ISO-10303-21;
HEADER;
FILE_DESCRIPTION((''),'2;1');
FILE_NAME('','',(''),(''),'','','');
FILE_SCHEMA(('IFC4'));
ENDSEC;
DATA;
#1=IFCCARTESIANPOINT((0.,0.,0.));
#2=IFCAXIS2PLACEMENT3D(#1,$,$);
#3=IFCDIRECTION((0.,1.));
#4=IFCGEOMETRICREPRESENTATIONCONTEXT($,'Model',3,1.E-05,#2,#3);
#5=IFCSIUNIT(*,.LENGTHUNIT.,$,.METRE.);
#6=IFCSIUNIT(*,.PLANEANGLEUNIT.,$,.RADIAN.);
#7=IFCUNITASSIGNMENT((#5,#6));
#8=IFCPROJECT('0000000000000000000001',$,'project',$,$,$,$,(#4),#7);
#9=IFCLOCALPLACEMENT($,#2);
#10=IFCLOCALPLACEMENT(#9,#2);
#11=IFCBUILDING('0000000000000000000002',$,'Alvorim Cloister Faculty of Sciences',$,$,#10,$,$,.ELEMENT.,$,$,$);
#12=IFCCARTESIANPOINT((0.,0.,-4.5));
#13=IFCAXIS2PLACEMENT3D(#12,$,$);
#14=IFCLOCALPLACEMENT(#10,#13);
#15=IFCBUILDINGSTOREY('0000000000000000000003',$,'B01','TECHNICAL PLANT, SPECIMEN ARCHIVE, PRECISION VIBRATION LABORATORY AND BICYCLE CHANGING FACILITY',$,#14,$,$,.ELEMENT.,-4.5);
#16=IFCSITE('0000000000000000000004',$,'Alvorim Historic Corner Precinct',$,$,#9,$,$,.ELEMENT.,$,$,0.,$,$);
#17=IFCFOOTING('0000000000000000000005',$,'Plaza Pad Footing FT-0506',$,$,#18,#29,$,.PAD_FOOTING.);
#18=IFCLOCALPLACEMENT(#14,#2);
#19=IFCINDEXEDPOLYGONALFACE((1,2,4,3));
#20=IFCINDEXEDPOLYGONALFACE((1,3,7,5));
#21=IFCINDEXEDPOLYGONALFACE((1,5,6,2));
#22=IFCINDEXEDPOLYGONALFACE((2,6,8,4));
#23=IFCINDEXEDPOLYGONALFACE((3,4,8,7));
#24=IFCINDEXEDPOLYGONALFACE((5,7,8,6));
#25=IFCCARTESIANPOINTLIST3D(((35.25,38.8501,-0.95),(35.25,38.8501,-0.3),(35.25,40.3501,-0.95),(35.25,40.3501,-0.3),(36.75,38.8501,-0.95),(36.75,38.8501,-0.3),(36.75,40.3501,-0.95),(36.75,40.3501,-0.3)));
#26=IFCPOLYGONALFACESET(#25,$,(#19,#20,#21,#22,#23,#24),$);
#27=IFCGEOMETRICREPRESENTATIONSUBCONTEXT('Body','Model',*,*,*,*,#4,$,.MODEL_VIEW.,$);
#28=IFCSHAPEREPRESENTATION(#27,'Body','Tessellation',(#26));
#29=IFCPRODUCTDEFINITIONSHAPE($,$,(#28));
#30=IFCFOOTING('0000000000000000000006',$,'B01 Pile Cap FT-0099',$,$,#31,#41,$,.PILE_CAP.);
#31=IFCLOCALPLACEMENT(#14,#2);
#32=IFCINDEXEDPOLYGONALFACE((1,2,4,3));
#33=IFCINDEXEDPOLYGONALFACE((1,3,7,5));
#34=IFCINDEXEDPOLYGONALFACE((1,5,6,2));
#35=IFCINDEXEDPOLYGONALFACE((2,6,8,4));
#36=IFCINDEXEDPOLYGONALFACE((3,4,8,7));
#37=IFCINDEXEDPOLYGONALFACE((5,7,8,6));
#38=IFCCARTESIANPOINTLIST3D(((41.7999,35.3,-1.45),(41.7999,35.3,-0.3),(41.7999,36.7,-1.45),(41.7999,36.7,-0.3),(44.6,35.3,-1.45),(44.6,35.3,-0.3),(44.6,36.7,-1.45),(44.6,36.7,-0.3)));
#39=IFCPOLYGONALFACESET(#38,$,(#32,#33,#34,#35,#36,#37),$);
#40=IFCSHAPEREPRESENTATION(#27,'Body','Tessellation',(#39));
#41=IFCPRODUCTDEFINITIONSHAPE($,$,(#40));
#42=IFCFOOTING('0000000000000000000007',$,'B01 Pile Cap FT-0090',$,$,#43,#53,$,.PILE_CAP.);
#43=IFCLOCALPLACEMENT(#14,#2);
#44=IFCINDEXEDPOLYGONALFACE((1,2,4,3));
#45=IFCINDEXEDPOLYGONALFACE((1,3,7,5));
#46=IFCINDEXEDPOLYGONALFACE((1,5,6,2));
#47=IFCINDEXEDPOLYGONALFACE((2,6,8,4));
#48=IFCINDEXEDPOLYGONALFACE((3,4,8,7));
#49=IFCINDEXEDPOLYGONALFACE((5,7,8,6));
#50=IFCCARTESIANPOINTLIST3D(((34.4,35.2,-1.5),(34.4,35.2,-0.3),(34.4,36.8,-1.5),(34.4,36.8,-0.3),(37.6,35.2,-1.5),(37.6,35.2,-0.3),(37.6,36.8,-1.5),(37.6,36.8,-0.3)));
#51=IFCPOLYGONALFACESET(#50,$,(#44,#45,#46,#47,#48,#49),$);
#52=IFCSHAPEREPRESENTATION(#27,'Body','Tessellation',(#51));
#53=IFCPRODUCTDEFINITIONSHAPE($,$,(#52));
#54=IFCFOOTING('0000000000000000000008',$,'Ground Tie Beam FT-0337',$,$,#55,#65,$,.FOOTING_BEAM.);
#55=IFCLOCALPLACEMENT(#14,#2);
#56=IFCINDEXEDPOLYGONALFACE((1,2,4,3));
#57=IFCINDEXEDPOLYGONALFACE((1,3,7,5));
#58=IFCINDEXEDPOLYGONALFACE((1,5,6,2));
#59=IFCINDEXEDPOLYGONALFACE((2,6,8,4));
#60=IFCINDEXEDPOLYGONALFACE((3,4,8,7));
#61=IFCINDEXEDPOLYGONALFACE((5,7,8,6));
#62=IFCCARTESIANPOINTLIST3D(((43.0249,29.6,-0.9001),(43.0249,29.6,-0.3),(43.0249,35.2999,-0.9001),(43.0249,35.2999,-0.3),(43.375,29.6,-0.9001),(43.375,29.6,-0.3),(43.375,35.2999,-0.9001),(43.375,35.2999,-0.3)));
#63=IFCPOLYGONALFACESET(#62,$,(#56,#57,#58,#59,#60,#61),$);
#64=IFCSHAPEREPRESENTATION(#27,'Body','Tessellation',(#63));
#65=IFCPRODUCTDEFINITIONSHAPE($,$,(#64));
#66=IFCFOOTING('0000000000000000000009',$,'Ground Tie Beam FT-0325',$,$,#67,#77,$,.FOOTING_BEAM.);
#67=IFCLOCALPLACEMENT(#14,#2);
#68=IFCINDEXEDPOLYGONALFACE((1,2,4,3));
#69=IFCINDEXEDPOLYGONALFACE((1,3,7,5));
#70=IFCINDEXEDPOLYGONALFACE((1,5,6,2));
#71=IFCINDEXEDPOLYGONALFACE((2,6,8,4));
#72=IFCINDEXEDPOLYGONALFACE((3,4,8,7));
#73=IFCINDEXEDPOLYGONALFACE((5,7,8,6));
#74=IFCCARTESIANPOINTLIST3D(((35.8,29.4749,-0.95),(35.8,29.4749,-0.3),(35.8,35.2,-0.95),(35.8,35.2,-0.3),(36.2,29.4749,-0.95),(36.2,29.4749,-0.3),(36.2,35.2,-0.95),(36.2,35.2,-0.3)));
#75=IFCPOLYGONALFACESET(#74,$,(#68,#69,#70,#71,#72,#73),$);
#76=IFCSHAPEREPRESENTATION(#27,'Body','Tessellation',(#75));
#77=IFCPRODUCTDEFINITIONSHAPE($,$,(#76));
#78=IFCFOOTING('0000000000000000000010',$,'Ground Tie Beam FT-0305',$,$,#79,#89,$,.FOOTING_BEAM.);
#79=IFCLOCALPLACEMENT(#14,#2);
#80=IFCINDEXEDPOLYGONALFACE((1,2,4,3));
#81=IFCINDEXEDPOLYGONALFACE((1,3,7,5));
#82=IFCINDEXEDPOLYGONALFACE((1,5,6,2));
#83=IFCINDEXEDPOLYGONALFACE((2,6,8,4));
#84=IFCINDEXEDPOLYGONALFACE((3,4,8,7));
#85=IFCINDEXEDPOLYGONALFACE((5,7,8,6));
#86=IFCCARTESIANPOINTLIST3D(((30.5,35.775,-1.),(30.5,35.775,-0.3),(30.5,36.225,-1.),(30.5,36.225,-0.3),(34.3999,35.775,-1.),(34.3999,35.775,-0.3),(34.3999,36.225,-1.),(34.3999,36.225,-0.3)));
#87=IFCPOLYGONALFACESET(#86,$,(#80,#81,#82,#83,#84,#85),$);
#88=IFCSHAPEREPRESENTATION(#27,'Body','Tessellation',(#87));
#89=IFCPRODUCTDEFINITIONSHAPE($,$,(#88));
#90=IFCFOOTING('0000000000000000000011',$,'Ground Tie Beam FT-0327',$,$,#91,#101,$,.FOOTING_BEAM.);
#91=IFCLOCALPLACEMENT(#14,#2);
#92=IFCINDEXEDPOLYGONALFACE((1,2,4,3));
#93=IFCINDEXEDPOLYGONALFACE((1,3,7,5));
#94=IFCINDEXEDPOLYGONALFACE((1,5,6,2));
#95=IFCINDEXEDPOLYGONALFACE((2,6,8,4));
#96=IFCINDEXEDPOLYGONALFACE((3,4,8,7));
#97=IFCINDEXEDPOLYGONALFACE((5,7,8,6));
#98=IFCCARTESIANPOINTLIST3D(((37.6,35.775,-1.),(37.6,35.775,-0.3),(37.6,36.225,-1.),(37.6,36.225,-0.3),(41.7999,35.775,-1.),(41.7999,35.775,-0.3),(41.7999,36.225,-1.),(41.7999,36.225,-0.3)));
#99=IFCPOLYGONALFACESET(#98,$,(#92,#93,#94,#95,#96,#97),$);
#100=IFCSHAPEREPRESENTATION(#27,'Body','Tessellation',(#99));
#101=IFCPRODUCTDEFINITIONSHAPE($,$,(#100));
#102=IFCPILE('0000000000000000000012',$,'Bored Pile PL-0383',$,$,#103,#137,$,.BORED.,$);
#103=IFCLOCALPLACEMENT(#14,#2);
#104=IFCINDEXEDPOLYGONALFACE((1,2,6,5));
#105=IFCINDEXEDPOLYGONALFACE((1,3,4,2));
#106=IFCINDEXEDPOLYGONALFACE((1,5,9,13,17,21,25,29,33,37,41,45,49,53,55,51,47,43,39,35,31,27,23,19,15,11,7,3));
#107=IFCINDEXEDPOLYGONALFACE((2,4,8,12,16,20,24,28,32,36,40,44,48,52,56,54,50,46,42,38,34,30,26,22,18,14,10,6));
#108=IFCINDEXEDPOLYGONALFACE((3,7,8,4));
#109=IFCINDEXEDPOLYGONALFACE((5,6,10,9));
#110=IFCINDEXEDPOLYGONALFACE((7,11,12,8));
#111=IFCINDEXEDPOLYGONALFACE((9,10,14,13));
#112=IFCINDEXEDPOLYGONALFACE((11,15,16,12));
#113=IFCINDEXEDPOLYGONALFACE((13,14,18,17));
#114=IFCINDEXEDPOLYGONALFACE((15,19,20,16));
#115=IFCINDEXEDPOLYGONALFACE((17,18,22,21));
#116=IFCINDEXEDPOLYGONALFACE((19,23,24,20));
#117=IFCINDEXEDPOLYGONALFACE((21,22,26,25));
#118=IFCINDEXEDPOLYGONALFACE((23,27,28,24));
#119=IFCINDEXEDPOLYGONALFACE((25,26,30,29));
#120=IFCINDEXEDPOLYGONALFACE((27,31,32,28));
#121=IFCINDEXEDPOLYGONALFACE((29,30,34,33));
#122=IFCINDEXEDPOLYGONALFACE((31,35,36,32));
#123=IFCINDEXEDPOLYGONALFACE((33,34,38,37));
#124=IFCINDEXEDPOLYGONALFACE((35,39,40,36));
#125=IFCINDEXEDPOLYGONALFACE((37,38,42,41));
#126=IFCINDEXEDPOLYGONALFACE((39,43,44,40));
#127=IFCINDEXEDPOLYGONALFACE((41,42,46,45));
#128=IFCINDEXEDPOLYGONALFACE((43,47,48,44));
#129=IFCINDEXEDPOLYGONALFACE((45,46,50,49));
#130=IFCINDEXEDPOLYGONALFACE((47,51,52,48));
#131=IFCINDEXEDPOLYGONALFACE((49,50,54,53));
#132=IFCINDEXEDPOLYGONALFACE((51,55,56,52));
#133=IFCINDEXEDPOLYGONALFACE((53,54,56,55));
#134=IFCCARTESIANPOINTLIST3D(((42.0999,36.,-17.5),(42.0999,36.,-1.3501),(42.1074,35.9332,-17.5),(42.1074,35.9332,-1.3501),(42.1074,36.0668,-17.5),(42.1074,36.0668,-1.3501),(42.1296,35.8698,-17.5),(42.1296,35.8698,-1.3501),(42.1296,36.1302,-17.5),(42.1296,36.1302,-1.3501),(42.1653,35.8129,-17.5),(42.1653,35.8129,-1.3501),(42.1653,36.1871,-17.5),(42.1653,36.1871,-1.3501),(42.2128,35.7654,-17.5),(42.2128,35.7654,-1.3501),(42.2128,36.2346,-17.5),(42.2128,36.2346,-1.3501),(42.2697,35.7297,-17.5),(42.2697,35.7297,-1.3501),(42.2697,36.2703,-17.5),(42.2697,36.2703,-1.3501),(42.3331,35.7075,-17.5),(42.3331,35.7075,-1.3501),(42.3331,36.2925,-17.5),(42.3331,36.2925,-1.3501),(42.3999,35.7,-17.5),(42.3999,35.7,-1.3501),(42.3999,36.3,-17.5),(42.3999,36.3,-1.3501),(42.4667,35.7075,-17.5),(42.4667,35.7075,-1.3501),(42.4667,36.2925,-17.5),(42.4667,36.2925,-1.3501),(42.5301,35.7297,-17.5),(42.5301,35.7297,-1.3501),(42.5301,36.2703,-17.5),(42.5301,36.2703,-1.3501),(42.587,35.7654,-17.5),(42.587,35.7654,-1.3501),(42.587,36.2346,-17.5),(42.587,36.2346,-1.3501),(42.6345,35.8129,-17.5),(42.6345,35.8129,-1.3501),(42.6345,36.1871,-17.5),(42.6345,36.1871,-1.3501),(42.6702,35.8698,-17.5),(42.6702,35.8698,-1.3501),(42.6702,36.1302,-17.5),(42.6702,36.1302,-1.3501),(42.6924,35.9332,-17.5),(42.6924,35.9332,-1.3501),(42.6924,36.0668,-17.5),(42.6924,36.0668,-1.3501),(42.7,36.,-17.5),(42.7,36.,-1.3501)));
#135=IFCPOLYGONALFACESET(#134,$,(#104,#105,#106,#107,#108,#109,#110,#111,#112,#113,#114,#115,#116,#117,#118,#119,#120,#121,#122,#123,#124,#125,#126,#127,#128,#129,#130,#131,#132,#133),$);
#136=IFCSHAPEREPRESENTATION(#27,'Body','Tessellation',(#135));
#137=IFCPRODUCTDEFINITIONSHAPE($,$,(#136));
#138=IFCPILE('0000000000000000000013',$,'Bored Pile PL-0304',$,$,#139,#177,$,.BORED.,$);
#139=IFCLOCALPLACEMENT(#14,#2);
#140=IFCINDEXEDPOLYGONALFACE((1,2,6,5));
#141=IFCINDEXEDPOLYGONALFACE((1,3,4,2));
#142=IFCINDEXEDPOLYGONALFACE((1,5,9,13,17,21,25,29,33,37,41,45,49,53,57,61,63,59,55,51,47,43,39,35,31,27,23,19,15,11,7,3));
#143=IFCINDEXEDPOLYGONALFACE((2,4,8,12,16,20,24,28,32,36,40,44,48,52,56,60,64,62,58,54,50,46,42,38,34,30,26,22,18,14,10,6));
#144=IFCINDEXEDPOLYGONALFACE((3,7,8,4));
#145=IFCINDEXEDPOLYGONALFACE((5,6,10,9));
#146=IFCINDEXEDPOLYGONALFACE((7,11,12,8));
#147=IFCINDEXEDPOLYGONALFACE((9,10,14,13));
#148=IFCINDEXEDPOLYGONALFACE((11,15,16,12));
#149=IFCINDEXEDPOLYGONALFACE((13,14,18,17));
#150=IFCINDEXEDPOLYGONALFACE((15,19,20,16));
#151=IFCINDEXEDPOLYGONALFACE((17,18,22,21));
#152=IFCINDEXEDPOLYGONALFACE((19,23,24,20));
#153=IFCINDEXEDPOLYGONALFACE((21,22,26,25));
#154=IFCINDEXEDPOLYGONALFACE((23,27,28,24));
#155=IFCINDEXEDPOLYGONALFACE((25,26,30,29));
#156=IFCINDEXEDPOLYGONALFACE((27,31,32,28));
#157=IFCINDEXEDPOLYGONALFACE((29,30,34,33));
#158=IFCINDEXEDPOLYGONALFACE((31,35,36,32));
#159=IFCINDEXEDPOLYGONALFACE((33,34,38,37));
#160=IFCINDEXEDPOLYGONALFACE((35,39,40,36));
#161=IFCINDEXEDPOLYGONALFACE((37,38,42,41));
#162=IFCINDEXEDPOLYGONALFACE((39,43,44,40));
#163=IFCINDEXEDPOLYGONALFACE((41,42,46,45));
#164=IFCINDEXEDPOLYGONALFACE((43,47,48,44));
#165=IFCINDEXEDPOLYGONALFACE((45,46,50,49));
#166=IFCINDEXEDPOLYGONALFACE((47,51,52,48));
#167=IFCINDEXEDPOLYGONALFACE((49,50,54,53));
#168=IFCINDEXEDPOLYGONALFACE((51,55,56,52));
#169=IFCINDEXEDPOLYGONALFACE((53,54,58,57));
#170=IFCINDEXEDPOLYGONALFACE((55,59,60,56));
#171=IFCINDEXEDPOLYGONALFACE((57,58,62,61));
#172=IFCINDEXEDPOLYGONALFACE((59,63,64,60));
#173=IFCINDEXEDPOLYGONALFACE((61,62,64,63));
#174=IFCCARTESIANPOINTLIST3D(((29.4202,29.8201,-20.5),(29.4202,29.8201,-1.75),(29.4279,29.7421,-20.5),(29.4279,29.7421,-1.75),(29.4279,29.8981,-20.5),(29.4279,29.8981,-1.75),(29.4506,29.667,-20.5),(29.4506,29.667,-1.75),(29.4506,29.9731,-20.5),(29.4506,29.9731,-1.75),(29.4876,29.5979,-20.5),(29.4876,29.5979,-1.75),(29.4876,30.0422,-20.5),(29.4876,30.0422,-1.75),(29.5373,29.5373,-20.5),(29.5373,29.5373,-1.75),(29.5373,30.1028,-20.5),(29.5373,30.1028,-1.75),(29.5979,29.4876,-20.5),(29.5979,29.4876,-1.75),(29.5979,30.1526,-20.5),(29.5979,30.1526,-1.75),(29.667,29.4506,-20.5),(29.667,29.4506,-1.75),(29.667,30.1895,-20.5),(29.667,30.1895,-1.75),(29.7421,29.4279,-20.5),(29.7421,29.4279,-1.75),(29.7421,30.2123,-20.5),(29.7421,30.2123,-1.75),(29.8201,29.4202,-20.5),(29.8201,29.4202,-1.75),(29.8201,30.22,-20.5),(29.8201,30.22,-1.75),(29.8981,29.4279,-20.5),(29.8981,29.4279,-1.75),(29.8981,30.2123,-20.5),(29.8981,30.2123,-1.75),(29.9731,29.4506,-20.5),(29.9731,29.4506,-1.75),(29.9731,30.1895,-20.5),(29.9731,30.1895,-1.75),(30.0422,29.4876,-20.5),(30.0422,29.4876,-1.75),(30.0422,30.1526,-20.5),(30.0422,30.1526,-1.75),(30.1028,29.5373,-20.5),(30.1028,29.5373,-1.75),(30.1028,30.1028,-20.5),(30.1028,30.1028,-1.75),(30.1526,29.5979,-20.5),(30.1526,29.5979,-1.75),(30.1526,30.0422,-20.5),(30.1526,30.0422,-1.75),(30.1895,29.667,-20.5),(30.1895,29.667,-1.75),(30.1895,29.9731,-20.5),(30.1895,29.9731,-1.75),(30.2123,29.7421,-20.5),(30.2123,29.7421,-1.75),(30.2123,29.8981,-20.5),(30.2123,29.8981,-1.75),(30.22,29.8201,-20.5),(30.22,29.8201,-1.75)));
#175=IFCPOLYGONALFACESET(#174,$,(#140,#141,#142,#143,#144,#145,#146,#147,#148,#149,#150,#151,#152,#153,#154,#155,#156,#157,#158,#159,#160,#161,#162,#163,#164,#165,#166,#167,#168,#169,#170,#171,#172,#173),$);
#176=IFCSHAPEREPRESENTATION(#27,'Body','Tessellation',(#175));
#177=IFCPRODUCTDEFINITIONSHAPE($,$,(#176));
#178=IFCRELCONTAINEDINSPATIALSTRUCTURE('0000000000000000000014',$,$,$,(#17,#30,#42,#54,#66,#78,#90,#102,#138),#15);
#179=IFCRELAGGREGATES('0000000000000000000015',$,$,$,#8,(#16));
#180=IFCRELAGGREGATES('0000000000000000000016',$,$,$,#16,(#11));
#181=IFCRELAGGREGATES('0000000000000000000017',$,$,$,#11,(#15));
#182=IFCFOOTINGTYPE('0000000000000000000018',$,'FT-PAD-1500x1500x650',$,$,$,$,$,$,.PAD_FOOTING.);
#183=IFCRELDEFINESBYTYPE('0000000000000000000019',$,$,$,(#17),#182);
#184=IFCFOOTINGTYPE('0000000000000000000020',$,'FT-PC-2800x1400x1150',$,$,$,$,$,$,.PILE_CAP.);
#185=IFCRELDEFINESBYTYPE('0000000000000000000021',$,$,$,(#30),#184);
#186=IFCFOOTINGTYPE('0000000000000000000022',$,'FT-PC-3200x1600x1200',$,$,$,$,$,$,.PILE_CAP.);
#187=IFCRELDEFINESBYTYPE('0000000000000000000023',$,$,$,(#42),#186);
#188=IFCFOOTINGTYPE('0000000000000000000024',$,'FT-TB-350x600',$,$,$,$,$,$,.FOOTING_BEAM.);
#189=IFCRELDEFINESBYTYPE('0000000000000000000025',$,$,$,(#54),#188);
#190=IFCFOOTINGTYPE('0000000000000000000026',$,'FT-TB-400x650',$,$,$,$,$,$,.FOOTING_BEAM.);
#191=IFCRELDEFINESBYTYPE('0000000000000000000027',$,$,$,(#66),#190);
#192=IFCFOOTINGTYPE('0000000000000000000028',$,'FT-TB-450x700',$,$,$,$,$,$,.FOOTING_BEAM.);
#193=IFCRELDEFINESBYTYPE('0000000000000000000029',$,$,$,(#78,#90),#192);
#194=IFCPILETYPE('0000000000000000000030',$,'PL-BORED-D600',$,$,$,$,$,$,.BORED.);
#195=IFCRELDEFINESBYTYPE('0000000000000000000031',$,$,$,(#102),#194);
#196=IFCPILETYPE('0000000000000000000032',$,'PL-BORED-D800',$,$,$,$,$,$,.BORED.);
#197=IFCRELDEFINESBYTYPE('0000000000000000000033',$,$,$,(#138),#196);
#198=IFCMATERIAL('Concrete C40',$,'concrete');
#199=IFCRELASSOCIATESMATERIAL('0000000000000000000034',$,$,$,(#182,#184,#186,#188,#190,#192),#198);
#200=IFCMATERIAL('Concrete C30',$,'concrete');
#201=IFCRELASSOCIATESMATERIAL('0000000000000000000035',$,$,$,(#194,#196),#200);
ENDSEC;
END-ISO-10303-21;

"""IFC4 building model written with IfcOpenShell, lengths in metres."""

from ifc_helpers import new_model, si_unit, direction, frame, origin, origin_2d, place, context, subcontext, project, spatial, rectangle, circle, extrude, material, material_profile, profile_set, type_object, element, save


model = new_model("IFC4")

# Units and contexts
model_context = context("Model", 3, precision=1e-05, world=origin(), true_north=direction((0.0, 1.0)))
body_context = subcontext(model_context, "Body", "Model", "MODEL_VIEW")
ifc_project = project(units=[si_unit("LENGTHUNIT", "METRE"), si_unit("PLANEANGLEUNIT", "RADIAN")], contexts=[model_context])

# Site, building, storey
site_placement = place(None, origin())
site = spatial("IfcSite", under=ifc_project, at=site_placement, Name="Alvorim Historic Corner Precinct", CompositionType="ELEMENT", RefElevation=0.0)
building_placement = place(site_placement, origin())
building = spatial("IfcBuilding", under=site, at=building_placement, Name="Alvorim Cloister Faculty of Sciences", CompositionType="ELEMENT")
storey_placement = place(building_placement, frame((0.0, 0.0, -4.5)))
storey = spatial("IfcBuildingStorey", under=building, at=storey_placement, Name="B01", Description="TECHNICAL PLANT, SPECIMEN ARCHIVE, PRECISION VIBRATION LABORATORY AND BICYCLE CHANGING FACILITY", CompositionType="ELEMENT", Elevation=-4.5)

# Footings
ifc_material_1 = material(Name="Concrete C40", Category="concrete")
footing_type_1 = type_object("IfcFootingType", Name="FT-PAD-1500x1500x650", PredefinedType="PAD_FOOTING", material=ifc_material_1)
footing_1_placement = place(storey_placement, frame((36.0, 39.6001, -0.95), z_axis=(0.0, 0.0, 1.0), x_axis=(1.0, 0.0, 0.0)))
element("IfcFooting", 1, at=footing_1_placement, inside=storey, type_object=footing_type_1, Name="Plaza Pad Footing FT-0506", PredefinedType="PAD_FOOTING", context=body_context, shape_type="SweptSolid", body=[
    extrude(rectangle(XDim=1.5, YDim=1.5, at=origin_2d()), origin(), (0.0, 0.0, 1.0), 0.6499),
])
footing_type_2 = type_object("IfcFootingType", Name="FT-PC-2800x1400x1150", PredefinedType="PILE_CAP", material=ifc_material_1)
footing_2_placement = place(storey_placement, frame((43.2, 36.0, -1.45), z_axis=(0.0, 0.0, 1.0), x_axis=(1.0, 0.0, 0.0)))
element("IfcFooting", 2, at=footing_2_placement, inside=storey, type_object=footing_type_2, Name="B01 Pile Cap FT-0099", PredefinedType="PILE_CAP", context=body_context, shape_type="SweptSolid", body=[
    extrude(rectangle(XDim=2.8, YDim=1.3999, at=origin_2d()), origin(), (0.0, 0.0, 1.0), 1.1499),
])
footing_type_3 = type_object("IfcFootingType", Name="FT-PC-3200x1600x1200", PredefinedType="PILE_CAP", material=ifc_material_1)
footing_3_placement = place(storey_placement, frame((36.0, 36.0, -1.5), z_axis=(0.0, 0.0, 1.0), x_axis=(1.0, 0.0, 0.0)))
element("IfcFooting", 3, at=footing_3_placement, inside=storey, type_object=footing_type_3, Name="B01 Pile Cap FT-0090", PredefinedType="PILE_CAP", context=body_context, shape_type="SweptSolid", body=[
    extrude(rectangle(XDim=3.2, YDim=1.6001, at=origin_2d()), origin(), (0.0, 0.0, 1.0), 1.2),
])
footing_type_4 = type_object("IfcFootingType", Name="FT-TB-350x600", PredefinedType="FOOTING_BEAM", material=ifc_material_1)
footing_4_placement = place(storey_placement, frame((43.2, 32.45, -0.9001), z_axis=(0.0, 0.0, 1.0), x_axis=(1.0, 0.0, 0.0)))
element("IfcFooting", 4, at=footing_4_placement, inside=storey, type_object=footing_type_4, Name="Ground Tie Beam FT-0337", PredefinedType="FOOTING_BEAM", context=body_context, shape_type="SweptSolid", body=[
    extrude(rectangle(XDim=0.3501, YDim=5.7, at=origin_2d()), origin(), (0.0, 0.0, 1.0), 0.6001),
])
footing_type_5 = type_object("IfcFootingType", Name="FT-TB-400x650", PredefinedType="FOOTING_BEAM", material=ifc_material_1)
footing_5_placement = place(storey_placement, frame((36.0, 32.3374, -0.95), z_axis=(0.0, 0.0, 1.0), x_axis=(1.0, 0.0, 0.0)))
element("IfcFooting", 5, at=footing_5_placement, inside=storey, type_object=footing_type_5, Name="Ground Tie Beam FT-0325", PredefinedType="FOOTING_BEAM", context=body_context, shape_type="SweptSolid", body=[
    extrude(rectangle(XDim=0.3999, YDim=5.7251, at=origin_2d()), origin(), (0.0, 0.0, 1.0), 0.6499),
])
footing_type_6 = type_object("IfcFootingType", Name="FT-TB-450x700", PredefinedType="FOOTING_BEAM", material=ifc_material_1)
footing_6_placement = place(storey_placement, frame((32.45, 36.0, -1.0), z_axis=(0.0, 0.0, 1.0), x_axis=(1.0, 0.0, 0.0)))
element("IfcFooting", 6, at=footing_6_placement, inside=storey, type_object=footing_type_6, Name="Ground Tie Beam FT-0305", PredefinedType="FOOTING_BEAM", context=body_context, shape_type="SweptSolid", body=[
    extrude(rectangle(XDim=3.8999, YDim=0.45, at=origin_2d()), origin(), (0.0, 0.0, 1.0), 0.7),
])
footing_7_placement = place(storey_placement, frame((39.7, 36.0, -1.0), z_axis=(0.0, 0.0, 1.0), x_axis=(1.0, 0.0, 0.0)))
element("IfcFooting", 7, at=footing_7_placement, inside=storey, type_object=footing_type_6, Name="Ground Tie Beam FT-0327", PredefinedType="FOOTING_BEAM", context=body_context, shape_type="SweptSolid", body=[
    extrude(rectangle(XDim=4.2, YDim=0.45, at=origin_2d()), origin(), (0.0, 0.0, 1.0), 0.7),
])

# Piles
ifc_material_2 = material(Name="Concrete C30", Category="concrete")
ifc_material_profile_1 = material_profile(ifc_material_2, circle(Radius=0.3, at=origin_2d()), Name="PILE-D600")
ifc_profile_set_1 = profile_set([ifc_material_profile_1], Name="Concrete C30")
pile_type_1 = type_object("IfcPileType", Name="PL-BORED-D600", PredefinedType="BORED", material=ifc_profile_set_1)
pile_placement = place(storey_placement, frame((42.3999, 36.0, -1.3501), z_axis=(0.0, 0.0, -1.0), x_axis=(1.0, 0.0, 0.0)))
element("IfcPile", 8, at=pile_placement, inside=storey, type_object=pile_type_1, Name="Bored Pile PL-0383", PredefinedType="BORED", context=body_context, shape_type="SweptSolid", body=[
    extrude(circle(Radius=0.3, at=origin_2d()), origin(), (0.0, 0.0, 1.0), 16.1499),
])
ifc_material_profile_2 = material_profile(ifc_material_2, circle(Radius=0.3999, at=origin_2d()), Name="PILE-D800")
ifc_profile_set_2 = profile_set([ifc_material_profile_2], Name="Concrete C30")
pile_type_2 = type_object("IfcPileType", Name="PL-BORED-D800", PredefinedType="BORED", material=ifc_profile_set_2)
for number, where, z_axis, x_axis, name in (
    (9, (29.8201, 29.8201, -1.75), (0.0, 0.0, -1.0), (1.0, 0.0, 0.0), "Bored Pile PL-0304"),
):
    element("IfcPile", number, at=place(storey_placement, frame(where, z_axis=z_axis, x_axis=x_axis)), inside=storey, type_object=pile_type_2, Name=name, PredefinedType="BORED", context=body_context, shape_type="SweptSolid", body=[
        extrude(circle(Radius=0.3999, at=origin_2d()), origin(), (0.0, 0.0, 1.0), 18.75),
    ])

save(model, "model.ifc")
